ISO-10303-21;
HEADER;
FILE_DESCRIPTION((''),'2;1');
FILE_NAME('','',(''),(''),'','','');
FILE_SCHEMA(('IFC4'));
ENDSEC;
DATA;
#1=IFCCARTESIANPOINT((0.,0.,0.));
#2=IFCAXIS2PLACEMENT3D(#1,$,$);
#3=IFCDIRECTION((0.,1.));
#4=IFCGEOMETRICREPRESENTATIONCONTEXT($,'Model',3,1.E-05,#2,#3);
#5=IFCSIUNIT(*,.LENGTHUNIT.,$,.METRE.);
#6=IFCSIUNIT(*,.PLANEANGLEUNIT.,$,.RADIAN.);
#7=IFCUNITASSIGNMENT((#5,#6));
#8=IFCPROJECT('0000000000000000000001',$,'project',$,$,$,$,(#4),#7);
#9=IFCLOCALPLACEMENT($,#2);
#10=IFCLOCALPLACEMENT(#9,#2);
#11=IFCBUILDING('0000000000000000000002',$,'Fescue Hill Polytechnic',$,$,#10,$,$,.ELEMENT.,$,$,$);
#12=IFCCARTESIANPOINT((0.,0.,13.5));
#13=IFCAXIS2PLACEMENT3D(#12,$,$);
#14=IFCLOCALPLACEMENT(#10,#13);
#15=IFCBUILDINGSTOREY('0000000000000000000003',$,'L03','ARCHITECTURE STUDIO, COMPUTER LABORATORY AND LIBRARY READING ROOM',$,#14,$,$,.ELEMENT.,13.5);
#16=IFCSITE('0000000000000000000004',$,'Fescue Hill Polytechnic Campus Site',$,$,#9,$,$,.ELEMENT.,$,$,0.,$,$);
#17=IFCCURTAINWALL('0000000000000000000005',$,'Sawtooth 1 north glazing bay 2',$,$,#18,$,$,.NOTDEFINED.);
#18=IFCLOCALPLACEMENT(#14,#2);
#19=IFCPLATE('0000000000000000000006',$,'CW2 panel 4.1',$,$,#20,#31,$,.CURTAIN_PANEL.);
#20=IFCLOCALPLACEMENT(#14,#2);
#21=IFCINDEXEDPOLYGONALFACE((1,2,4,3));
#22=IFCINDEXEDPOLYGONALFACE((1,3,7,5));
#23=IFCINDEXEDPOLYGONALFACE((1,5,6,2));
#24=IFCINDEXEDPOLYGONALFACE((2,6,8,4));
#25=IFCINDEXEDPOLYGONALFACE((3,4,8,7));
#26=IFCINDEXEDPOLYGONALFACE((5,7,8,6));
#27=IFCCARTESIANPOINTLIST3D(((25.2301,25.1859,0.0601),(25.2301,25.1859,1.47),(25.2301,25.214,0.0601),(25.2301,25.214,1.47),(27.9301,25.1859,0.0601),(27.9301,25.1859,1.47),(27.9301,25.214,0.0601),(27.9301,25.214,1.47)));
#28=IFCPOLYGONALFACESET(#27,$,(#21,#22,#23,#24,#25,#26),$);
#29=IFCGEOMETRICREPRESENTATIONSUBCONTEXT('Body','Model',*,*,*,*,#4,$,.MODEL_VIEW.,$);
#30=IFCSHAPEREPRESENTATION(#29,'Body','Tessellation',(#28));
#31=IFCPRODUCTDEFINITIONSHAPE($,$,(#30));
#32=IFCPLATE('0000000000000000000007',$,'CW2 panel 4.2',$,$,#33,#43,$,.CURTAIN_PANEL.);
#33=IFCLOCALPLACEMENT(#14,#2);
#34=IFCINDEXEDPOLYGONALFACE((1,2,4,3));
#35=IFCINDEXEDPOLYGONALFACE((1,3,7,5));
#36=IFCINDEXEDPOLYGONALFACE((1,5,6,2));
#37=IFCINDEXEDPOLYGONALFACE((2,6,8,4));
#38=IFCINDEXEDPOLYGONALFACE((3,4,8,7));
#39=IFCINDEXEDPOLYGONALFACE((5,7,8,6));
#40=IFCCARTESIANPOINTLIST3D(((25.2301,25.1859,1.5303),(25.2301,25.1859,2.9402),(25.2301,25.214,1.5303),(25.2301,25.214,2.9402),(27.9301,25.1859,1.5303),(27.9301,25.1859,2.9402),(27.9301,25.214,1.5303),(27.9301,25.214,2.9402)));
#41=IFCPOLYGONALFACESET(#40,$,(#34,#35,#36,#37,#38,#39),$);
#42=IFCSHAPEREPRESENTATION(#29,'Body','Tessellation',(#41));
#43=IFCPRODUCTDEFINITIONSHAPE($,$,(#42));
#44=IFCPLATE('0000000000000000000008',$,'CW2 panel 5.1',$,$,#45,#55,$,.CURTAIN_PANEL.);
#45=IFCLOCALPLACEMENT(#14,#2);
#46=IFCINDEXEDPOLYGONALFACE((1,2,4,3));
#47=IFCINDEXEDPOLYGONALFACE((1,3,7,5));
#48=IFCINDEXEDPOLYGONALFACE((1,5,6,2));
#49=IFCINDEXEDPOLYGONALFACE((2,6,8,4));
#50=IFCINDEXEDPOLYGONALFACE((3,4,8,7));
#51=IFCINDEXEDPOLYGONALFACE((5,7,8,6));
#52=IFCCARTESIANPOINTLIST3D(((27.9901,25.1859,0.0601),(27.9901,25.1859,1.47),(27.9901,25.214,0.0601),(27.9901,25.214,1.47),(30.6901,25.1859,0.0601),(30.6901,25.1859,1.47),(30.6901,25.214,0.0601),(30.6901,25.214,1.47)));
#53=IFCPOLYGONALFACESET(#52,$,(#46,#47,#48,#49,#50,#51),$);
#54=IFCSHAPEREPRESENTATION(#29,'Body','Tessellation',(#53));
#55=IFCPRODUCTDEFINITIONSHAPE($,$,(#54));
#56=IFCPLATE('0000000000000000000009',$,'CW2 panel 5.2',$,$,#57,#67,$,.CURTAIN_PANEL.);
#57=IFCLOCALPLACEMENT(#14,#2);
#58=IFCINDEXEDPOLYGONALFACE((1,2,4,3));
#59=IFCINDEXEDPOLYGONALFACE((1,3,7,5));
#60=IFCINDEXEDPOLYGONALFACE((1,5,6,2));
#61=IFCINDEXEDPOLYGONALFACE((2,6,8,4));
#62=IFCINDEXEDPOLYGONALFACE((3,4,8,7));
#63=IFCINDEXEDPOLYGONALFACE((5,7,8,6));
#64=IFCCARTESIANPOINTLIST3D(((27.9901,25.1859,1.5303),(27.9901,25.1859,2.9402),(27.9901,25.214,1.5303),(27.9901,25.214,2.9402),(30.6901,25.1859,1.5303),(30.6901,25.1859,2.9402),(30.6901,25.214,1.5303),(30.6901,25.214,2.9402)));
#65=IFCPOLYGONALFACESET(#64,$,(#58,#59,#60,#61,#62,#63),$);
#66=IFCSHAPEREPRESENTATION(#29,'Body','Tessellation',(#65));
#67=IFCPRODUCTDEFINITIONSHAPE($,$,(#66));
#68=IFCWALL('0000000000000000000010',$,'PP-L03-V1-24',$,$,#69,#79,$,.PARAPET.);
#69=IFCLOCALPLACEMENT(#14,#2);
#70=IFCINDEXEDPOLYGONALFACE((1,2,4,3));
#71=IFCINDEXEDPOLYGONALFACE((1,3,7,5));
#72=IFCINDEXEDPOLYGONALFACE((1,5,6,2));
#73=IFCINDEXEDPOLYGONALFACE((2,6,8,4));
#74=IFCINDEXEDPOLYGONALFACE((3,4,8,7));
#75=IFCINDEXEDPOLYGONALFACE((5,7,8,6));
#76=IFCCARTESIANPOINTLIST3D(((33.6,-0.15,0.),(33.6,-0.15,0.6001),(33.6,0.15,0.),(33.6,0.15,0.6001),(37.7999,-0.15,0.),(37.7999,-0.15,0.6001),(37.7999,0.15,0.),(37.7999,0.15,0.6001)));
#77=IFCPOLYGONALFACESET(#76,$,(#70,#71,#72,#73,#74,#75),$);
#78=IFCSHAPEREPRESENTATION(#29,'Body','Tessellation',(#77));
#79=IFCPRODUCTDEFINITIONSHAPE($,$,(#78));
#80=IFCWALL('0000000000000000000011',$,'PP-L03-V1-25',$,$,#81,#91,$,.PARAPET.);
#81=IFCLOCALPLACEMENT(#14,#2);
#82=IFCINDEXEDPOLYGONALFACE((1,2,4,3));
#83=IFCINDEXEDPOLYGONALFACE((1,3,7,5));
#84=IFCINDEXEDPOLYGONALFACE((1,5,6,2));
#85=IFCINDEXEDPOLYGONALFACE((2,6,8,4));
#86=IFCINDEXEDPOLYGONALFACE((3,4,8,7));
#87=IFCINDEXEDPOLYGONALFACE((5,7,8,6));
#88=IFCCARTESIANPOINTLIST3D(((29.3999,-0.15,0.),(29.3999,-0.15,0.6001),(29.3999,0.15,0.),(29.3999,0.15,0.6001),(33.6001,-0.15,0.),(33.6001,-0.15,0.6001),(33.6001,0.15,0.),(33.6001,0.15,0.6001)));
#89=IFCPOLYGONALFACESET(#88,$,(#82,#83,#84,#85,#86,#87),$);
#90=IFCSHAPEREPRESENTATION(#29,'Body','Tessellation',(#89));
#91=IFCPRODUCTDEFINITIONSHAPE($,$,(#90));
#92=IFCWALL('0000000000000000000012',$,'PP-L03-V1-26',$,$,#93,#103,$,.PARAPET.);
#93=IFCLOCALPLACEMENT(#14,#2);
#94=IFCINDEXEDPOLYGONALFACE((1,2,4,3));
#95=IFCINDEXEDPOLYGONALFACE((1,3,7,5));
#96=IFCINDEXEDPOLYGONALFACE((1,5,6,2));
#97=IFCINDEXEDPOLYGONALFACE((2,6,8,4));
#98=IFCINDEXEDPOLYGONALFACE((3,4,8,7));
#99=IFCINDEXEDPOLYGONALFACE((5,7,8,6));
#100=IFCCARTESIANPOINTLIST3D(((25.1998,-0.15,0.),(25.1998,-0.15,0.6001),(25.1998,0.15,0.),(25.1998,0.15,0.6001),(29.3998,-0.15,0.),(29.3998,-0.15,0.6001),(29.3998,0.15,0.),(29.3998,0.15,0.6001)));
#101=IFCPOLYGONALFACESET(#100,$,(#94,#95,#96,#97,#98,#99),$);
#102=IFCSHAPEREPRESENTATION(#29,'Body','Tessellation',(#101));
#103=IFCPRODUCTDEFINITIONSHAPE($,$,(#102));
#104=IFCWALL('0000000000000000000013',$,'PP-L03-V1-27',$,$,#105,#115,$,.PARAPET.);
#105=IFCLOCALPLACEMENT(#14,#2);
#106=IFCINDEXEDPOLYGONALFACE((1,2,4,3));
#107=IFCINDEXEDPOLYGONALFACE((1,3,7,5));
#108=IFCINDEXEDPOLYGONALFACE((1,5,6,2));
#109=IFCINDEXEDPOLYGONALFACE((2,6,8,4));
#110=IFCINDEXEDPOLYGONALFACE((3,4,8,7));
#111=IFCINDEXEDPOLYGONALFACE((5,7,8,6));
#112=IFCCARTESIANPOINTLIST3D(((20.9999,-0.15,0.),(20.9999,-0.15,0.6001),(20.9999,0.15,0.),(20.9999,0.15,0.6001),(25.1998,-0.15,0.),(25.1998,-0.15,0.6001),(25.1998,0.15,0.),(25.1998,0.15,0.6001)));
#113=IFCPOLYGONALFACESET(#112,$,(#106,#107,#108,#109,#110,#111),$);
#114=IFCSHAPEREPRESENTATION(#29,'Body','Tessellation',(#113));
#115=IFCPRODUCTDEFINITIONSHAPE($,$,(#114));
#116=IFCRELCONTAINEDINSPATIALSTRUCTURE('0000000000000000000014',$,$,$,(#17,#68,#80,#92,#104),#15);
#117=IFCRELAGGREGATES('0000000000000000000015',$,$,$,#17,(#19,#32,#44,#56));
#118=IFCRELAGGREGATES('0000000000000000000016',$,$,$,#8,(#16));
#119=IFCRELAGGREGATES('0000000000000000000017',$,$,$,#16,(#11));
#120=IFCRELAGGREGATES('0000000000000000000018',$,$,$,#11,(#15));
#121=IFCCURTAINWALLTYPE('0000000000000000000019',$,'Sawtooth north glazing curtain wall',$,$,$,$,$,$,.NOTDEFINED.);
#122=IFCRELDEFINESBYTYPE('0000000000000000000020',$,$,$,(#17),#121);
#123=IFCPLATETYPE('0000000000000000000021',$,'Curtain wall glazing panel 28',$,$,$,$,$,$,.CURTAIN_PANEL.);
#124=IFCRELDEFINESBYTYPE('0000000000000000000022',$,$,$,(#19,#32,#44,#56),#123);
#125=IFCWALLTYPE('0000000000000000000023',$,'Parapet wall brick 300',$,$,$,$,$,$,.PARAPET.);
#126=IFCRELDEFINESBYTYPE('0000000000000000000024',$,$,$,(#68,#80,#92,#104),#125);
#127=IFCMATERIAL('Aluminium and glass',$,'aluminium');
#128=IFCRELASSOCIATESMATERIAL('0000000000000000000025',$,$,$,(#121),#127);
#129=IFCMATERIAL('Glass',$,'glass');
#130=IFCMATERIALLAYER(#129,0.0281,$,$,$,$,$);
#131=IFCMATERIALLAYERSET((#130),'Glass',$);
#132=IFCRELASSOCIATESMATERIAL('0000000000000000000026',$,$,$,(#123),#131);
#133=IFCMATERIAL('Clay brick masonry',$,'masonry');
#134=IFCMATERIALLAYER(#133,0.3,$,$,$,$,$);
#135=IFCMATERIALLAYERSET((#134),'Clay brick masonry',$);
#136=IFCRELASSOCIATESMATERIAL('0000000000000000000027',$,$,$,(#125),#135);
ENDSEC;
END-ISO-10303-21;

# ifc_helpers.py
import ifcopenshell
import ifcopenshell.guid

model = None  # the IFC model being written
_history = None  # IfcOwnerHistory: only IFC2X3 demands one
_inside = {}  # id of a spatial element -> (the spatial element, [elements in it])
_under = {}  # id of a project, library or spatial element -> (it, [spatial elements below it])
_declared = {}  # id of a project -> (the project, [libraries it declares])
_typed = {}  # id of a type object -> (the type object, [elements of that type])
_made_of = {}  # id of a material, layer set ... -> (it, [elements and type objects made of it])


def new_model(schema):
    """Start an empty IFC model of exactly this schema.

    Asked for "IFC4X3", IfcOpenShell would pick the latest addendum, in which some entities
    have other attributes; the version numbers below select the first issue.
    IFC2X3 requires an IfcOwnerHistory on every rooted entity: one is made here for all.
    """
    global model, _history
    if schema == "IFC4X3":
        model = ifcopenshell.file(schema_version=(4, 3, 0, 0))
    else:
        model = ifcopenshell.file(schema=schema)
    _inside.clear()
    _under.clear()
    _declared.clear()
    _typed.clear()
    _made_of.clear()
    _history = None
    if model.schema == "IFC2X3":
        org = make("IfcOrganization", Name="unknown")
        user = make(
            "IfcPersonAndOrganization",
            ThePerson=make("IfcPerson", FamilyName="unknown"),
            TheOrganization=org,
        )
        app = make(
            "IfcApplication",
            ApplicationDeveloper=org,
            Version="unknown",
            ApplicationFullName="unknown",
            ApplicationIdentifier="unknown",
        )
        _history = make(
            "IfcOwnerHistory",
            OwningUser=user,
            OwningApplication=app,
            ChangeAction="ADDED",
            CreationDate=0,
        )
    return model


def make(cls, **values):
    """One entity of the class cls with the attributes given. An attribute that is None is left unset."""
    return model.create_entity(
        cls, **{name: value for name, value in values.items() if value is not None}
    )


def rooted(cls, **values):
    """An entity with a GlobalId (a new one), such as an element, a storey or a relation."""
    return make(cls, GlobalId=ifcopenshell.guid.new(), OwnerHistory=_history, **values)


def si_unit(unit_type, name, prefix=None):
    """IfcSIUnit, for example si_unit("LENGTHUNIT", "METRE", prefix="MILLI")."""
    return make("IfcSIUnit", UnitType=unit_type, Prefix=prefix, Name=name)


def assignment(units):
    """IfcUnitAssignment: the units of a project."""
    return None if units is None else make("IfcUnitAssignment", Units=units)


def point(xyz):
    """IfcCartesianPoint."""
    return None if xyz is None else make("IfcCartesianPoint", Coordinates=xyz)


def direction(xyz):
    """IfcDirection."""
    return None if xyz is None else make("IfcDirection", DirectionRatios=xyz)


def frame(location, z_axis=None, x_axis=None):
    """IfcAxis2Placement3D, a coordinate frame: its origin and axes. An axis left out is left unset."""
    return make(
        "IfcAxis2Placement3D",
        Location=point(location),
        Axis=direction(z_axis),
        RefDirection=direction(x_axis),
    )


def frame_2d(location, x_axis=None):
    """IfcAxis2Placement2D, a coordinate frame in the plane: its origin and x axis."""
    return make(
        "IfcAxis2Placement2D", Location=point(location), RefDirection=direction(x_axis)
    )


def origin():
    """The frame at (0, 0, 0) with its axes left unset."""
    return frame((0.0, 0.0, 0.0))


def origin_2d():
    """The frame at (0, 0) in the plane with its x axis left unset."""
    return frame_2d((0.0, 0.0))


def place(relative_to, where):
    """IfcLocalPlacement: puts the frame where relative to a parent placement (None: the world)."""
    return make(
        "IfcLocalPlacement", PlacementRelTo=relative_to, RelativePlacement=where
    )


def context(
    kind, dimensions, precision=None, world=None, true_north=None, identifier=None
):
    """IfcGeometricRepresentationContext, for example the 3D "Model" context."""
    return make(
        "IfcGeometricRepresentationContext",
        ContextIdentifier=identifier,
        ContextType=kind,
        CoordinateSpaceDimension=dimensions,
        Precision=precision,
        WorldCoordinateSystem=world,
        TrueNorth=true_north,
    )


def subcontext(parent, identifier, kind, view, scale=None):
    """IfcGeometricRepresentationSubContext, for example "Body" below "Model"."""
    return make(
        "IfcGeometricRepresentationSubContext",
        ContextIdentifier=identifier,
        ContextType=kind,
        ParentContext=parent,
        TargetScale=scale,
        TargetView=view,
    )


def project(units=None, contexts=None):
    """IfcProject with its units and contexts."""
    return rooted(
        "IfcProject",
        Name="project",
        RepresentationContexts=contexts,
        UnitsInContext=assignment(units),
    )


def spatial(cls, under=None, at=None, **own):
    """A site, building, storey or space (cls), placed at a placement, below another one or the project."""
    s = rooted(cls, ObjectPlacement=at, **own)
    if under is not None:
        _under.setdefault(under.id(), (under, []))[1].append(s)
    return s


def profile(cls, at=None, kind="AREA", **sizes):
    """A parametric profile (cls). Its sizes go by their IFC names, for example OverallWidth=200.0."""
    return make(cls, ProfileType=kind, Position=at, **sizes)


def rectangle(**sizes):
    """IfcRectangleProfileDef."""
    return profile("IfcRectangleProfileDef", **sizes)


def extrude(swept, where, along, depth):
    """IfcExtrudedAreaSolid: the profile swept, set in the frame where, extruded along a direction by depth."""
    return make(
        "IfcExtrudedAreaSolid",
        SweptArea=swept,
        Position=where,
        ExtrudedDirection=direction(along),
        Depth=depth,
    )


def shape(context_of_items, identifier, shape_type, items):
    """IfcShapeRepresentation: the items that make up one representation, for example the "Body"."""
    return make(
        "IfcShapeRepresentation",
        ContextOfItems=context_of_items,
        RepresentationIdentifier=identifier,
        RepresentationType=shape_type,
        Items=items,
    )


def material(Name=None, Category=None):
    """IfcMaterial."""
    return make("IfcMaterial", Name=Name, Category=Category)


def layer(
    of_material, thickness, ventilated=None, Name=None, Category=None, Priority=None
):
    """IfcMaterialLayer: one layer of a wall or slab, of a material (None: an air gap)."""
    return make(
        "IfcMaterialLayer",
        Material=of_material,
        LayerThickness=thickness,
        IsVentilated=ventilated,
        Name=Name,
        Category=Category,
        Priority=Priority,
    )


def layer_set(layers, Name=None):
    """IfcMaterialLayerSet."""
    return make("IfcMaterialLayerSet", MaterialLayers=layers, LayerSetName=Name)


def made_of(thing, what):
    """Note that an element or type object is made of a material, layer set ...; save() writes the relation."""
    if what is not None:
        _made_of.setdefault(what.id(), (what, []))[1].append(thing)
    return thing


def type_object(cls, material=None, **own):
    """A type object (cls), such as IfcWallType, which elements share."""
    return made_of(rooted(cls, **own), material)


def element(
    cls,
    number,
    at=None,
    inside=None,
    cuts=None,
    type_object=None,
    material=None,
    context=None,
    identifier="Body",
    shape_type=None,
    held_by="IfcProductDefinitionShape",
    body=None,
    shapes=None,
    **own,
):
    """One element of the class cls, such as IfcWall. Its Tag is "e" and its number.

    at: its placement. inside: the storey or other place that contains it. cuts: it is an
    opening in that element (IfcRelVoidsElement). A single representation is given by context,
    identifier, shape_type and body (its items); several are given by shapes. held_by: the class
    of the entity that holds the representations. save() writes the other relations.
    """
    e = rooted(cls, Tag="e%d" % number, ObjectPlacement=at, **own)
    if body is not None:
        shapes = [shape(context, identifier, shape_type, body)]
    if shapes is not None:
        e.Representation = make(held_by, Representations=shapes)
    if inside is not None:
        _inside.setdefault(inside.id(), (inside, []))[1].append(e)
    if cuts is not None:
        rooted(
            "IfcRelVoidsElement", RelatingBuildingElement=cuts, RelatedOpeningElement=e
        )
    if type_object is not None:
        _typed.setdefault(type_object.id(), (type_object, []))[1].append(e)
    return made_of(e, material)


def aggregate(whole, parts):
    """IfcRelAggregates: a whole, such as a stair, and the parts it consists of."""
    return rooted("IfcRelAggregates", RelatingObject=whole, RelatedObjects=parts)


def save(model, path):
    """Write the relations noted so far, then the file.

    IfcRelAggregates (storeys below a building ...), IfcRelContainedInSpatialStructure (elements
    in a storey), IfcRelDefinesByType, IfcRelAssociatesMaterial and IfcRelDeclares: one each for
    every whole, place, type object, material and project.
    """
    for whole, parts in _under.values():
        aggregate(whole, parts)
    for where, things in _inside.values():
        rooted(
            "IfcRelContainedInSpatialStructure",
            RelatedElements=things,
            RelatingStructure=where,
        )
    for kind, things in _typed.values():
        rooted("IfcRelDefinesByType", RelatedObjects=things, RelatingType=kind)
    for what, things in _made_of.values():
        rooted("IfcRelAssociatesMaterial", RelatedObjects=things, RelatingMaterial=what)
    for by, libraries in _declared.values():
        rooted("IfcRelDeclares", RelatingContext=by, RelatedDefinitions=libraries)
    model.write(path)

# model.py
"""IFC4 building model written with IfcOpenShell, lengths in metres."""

from ifc_helpers import new_model, si_unit, direction, frame, frame_2d, origin, origin_2d, place, context, subcontext, project, spatial, rectangle, extrude, material, layer, layer_set, type_object, element, aggregate, save


model = new_model("IFC4")

# Units and contexts
model_context = context("Model", 3, precision=1e-05, world=origin(), true_north=direction((0.0, 1.0)))
body_context = subcontext(model_context, "Body", "Model", "MODEL_VIEW")
ifc_project = project(units=[si_unit("LENGTHUNIT", "METRE"), si_unit("PLANEANGLEUNIT", "RADIAN")], contexts=[model_context])

# Site, building, storey
site_placement = place(None, origin())
site = spatial("IfcSite", under=ifc_project, at=site_placement, Name="Fescue Hill Polytechnic Campus Site", CompositionType="ELEMENT", RefElevation=0.0)
building_placement = place(site_placement, origin())
building = spatial("IfcBuilding", under=site, at=building_placement, Name="Fescue Hill Polytechnic", CompositionType="ELEMENT")
storey_placement = place(building_placement, frame((0.0, 0.0, 13.5)))
storey = spatial("IfcBuildingStorey", under=building, at=storey_placement, Name="L03", Description="ARCHITECTURE STUDIO, COMPUTER LABORATORY AND LIBRARY READING ROOM", CompositionType="ELEMENT", Elevation=13.5)

# Curtain wall
ifc_material_1 = material(Name="Aluminium and glass", Category="aluminium")
curtain_wall_type = type_object("IfcCurtainWallType", Name="Sawtooth north glazing curtain wall", PredefinedType="NOTDEFINED", material=ifc_material_1)
curtain_wall_placement = place(storey_placement, origin())
curtain_wall = element("IfcCurtainWall", 1, at=curtain_wall_placement, inside=storey, type_object=curtain_wall_type, Name="Sawtooth 1 north glazing bay 2", PredefinedType="NOTDEFINED")

# Plates
ifc_material_2 = material(Name="Glass", Category="glass")
ifc_layer_1 = layer(ifc_material_2, 0.0281)
ifc_layer_set_1 = layer_set([ifc_layer_1], Name="Glass")
plate_type = type_object("IfcPlateType", Name="Curtain wall glazing panel 28", PredefinedType="CURTAIN_PANEL", material=ifc_layer_set_1)
plate_1_placement = place(storey_placement, frame((26.5801, 25.2, 0.0601), z_axis=(0.0, 0.0, 1.0), x_axis=(1.0, 0.0, 0.0)))
plate_1 = element("IfcPlate", 2, at=plate_1_placement, type_object=plate_type, Name="CW2 panel 4.1", PredefinedType="CURTAIN_PANEL", context=body_context, shape_type="SweptSolid", body=[
    extrude(rectangle(XDim=2.7, YDim=0.0281, at=origin_2d()), origin(), (0.0, 0.0, 1.0), 1.4099),
])
plate_2_placement = place(storey_placement, frame((26.5801, 25.2, 1.5303), z_axis=(0.0, 0.0, 1.0), x_axis=(1.0, 0.0, 0.0)))
plate_2 = element("IfcPlate", 3, at=plate_2_placement, type_object=plate_type, Name="CW2 panel 4.2", PredefinedType="CURTAIN_PANEL", context=body_context, shape_type="SweptSolid", body=[
    extrude(rectangle(XDim=2.7, YDim=0.0281, at=origin_2d()), origin(), (0.0, 0.0, 1.0), 1.4099),
])
plate_3_placement = place(storey_placement, frame((29.3401, 25.2, 0.0601), z_axis=(0.0, 0.0, 1.0), x_axis=(1.0, 0.0, 0.0)))
plate_3 = element("IfcPlate", 4, at=plate_3_placement, type_object=plate_type, Name="CW2 panel 5.1", PredefinedType="CURTAIN_PANEL", context=body_context, shape_type="SweptSolid", body=[
    extrude(rectangle(XDim=2.7, YDim=0.0281, at=origin_2d()), origin(), (0.0, 0.0, 1.0), 1.4099),
])
plate_4_placement = place(storey_placement, frame((29.3401, 25.2, 1.5303), z_axis=(0.0, 0.0, 1.0), x_axis=(1.0, 0.0, 0.0)))
plate_4 = element("IfcPlate", 5, at=plate_4_placement, type_object=plate_type, Name="CW2 panel 5.2", PredefinedType="CURTAIN_PANEL", context=body_context, shape_type="SweptSolid", body=[
    extrude(rectangle(XDim=2.7, YDim=0.0281, at=origin_2d()), origin(), (0.0, 0.0, 1.0), 1.4099),
])
aggregate(curtain_wall, [plate_1, plate_2, plate_3, plate_4])

# Walls
ifc_material_3 = material(Name="Clay brick masonry", Category="masonry")
ifc_layer_2 = layer(ifc_material_3, 0.3)
ifc_layer_set_2 = layer_set([ifc_layer_2], Name="Clay brick masonry")
wall_type = type_object("IfcWallType", Name="Parapet wall brick 300", PredefinedType="PARAPET", material=ifc_layer_set_2)
wall_1_placement = place(storey_placement, frame((37.8, 0.0, 0.0), z_axis=(0.0, 0.0, 1.0), x_axis=(-1.0, 0.0, 0.0)))
element("IfcWall", 6, at=wall_1_placement, inside=storey, type_object=wall_type, Name="PP-L03-V1-24", PredefinedType="PARAPET", context=body_context, shape_type="SweptSolid", body=[
    extrude(rectangle(XDim=4.2, YDim=0.3, at=frame_2d((2.1001, 0.0))), origin(), (0.0, 0.0, 1.0), 0.6001),
])
wall_2_placement = place(storey_placement, frame((33.6001, 0.0, 0.0), z_axis=(0.0, 0.0, 1.0), x_axis=(-1.0, 0.0, 0.0)))
element("IfcWall", 7, at=wall_2_placement, inside=storey, type_object=wall_type, Name="PP-L03-V1-25", PredefinedType="PARAPET", context=body_context, shape_type="SweptSolid", body=[
    extrude(rectangle(XDim=4.2002, YDim=0.3, at=frame_2d((2.1001, 0.0))), origin(), (0.0, 0.0, 1.0), 0.6001),
])
for number, where, z_axis, x_axis, name in (
    (8, (29.3999, 0.0, 0.0), (0.0, 0.0, 1.0), (-1.0, 0.0, 0.0), "PP-L03-V1-26"),
    (9, (25.2, 0.0, 0.0), (0.0, 0.0, 1.0), (-1.0, 0.0, 0.0), "PP-L03-V1-27"),
):
    element("IfcWall", number, at=place(storey_placement, frame(where, z_axis=z_axis, x_axis=x_axis)), inside=storey, type_object=wall_type, Name=name, PredefinedType="PARAPET", context=body_context, shape_type="SweptSolid", body=[
        extrude(rectangle(XDim=4.2, YDim=0.3, at=frame_2d((2.1001, 0.0))), origin(), (0.0, 0.0, 1.0), 0.6001),
    ])

save(model, "model.ifc")
